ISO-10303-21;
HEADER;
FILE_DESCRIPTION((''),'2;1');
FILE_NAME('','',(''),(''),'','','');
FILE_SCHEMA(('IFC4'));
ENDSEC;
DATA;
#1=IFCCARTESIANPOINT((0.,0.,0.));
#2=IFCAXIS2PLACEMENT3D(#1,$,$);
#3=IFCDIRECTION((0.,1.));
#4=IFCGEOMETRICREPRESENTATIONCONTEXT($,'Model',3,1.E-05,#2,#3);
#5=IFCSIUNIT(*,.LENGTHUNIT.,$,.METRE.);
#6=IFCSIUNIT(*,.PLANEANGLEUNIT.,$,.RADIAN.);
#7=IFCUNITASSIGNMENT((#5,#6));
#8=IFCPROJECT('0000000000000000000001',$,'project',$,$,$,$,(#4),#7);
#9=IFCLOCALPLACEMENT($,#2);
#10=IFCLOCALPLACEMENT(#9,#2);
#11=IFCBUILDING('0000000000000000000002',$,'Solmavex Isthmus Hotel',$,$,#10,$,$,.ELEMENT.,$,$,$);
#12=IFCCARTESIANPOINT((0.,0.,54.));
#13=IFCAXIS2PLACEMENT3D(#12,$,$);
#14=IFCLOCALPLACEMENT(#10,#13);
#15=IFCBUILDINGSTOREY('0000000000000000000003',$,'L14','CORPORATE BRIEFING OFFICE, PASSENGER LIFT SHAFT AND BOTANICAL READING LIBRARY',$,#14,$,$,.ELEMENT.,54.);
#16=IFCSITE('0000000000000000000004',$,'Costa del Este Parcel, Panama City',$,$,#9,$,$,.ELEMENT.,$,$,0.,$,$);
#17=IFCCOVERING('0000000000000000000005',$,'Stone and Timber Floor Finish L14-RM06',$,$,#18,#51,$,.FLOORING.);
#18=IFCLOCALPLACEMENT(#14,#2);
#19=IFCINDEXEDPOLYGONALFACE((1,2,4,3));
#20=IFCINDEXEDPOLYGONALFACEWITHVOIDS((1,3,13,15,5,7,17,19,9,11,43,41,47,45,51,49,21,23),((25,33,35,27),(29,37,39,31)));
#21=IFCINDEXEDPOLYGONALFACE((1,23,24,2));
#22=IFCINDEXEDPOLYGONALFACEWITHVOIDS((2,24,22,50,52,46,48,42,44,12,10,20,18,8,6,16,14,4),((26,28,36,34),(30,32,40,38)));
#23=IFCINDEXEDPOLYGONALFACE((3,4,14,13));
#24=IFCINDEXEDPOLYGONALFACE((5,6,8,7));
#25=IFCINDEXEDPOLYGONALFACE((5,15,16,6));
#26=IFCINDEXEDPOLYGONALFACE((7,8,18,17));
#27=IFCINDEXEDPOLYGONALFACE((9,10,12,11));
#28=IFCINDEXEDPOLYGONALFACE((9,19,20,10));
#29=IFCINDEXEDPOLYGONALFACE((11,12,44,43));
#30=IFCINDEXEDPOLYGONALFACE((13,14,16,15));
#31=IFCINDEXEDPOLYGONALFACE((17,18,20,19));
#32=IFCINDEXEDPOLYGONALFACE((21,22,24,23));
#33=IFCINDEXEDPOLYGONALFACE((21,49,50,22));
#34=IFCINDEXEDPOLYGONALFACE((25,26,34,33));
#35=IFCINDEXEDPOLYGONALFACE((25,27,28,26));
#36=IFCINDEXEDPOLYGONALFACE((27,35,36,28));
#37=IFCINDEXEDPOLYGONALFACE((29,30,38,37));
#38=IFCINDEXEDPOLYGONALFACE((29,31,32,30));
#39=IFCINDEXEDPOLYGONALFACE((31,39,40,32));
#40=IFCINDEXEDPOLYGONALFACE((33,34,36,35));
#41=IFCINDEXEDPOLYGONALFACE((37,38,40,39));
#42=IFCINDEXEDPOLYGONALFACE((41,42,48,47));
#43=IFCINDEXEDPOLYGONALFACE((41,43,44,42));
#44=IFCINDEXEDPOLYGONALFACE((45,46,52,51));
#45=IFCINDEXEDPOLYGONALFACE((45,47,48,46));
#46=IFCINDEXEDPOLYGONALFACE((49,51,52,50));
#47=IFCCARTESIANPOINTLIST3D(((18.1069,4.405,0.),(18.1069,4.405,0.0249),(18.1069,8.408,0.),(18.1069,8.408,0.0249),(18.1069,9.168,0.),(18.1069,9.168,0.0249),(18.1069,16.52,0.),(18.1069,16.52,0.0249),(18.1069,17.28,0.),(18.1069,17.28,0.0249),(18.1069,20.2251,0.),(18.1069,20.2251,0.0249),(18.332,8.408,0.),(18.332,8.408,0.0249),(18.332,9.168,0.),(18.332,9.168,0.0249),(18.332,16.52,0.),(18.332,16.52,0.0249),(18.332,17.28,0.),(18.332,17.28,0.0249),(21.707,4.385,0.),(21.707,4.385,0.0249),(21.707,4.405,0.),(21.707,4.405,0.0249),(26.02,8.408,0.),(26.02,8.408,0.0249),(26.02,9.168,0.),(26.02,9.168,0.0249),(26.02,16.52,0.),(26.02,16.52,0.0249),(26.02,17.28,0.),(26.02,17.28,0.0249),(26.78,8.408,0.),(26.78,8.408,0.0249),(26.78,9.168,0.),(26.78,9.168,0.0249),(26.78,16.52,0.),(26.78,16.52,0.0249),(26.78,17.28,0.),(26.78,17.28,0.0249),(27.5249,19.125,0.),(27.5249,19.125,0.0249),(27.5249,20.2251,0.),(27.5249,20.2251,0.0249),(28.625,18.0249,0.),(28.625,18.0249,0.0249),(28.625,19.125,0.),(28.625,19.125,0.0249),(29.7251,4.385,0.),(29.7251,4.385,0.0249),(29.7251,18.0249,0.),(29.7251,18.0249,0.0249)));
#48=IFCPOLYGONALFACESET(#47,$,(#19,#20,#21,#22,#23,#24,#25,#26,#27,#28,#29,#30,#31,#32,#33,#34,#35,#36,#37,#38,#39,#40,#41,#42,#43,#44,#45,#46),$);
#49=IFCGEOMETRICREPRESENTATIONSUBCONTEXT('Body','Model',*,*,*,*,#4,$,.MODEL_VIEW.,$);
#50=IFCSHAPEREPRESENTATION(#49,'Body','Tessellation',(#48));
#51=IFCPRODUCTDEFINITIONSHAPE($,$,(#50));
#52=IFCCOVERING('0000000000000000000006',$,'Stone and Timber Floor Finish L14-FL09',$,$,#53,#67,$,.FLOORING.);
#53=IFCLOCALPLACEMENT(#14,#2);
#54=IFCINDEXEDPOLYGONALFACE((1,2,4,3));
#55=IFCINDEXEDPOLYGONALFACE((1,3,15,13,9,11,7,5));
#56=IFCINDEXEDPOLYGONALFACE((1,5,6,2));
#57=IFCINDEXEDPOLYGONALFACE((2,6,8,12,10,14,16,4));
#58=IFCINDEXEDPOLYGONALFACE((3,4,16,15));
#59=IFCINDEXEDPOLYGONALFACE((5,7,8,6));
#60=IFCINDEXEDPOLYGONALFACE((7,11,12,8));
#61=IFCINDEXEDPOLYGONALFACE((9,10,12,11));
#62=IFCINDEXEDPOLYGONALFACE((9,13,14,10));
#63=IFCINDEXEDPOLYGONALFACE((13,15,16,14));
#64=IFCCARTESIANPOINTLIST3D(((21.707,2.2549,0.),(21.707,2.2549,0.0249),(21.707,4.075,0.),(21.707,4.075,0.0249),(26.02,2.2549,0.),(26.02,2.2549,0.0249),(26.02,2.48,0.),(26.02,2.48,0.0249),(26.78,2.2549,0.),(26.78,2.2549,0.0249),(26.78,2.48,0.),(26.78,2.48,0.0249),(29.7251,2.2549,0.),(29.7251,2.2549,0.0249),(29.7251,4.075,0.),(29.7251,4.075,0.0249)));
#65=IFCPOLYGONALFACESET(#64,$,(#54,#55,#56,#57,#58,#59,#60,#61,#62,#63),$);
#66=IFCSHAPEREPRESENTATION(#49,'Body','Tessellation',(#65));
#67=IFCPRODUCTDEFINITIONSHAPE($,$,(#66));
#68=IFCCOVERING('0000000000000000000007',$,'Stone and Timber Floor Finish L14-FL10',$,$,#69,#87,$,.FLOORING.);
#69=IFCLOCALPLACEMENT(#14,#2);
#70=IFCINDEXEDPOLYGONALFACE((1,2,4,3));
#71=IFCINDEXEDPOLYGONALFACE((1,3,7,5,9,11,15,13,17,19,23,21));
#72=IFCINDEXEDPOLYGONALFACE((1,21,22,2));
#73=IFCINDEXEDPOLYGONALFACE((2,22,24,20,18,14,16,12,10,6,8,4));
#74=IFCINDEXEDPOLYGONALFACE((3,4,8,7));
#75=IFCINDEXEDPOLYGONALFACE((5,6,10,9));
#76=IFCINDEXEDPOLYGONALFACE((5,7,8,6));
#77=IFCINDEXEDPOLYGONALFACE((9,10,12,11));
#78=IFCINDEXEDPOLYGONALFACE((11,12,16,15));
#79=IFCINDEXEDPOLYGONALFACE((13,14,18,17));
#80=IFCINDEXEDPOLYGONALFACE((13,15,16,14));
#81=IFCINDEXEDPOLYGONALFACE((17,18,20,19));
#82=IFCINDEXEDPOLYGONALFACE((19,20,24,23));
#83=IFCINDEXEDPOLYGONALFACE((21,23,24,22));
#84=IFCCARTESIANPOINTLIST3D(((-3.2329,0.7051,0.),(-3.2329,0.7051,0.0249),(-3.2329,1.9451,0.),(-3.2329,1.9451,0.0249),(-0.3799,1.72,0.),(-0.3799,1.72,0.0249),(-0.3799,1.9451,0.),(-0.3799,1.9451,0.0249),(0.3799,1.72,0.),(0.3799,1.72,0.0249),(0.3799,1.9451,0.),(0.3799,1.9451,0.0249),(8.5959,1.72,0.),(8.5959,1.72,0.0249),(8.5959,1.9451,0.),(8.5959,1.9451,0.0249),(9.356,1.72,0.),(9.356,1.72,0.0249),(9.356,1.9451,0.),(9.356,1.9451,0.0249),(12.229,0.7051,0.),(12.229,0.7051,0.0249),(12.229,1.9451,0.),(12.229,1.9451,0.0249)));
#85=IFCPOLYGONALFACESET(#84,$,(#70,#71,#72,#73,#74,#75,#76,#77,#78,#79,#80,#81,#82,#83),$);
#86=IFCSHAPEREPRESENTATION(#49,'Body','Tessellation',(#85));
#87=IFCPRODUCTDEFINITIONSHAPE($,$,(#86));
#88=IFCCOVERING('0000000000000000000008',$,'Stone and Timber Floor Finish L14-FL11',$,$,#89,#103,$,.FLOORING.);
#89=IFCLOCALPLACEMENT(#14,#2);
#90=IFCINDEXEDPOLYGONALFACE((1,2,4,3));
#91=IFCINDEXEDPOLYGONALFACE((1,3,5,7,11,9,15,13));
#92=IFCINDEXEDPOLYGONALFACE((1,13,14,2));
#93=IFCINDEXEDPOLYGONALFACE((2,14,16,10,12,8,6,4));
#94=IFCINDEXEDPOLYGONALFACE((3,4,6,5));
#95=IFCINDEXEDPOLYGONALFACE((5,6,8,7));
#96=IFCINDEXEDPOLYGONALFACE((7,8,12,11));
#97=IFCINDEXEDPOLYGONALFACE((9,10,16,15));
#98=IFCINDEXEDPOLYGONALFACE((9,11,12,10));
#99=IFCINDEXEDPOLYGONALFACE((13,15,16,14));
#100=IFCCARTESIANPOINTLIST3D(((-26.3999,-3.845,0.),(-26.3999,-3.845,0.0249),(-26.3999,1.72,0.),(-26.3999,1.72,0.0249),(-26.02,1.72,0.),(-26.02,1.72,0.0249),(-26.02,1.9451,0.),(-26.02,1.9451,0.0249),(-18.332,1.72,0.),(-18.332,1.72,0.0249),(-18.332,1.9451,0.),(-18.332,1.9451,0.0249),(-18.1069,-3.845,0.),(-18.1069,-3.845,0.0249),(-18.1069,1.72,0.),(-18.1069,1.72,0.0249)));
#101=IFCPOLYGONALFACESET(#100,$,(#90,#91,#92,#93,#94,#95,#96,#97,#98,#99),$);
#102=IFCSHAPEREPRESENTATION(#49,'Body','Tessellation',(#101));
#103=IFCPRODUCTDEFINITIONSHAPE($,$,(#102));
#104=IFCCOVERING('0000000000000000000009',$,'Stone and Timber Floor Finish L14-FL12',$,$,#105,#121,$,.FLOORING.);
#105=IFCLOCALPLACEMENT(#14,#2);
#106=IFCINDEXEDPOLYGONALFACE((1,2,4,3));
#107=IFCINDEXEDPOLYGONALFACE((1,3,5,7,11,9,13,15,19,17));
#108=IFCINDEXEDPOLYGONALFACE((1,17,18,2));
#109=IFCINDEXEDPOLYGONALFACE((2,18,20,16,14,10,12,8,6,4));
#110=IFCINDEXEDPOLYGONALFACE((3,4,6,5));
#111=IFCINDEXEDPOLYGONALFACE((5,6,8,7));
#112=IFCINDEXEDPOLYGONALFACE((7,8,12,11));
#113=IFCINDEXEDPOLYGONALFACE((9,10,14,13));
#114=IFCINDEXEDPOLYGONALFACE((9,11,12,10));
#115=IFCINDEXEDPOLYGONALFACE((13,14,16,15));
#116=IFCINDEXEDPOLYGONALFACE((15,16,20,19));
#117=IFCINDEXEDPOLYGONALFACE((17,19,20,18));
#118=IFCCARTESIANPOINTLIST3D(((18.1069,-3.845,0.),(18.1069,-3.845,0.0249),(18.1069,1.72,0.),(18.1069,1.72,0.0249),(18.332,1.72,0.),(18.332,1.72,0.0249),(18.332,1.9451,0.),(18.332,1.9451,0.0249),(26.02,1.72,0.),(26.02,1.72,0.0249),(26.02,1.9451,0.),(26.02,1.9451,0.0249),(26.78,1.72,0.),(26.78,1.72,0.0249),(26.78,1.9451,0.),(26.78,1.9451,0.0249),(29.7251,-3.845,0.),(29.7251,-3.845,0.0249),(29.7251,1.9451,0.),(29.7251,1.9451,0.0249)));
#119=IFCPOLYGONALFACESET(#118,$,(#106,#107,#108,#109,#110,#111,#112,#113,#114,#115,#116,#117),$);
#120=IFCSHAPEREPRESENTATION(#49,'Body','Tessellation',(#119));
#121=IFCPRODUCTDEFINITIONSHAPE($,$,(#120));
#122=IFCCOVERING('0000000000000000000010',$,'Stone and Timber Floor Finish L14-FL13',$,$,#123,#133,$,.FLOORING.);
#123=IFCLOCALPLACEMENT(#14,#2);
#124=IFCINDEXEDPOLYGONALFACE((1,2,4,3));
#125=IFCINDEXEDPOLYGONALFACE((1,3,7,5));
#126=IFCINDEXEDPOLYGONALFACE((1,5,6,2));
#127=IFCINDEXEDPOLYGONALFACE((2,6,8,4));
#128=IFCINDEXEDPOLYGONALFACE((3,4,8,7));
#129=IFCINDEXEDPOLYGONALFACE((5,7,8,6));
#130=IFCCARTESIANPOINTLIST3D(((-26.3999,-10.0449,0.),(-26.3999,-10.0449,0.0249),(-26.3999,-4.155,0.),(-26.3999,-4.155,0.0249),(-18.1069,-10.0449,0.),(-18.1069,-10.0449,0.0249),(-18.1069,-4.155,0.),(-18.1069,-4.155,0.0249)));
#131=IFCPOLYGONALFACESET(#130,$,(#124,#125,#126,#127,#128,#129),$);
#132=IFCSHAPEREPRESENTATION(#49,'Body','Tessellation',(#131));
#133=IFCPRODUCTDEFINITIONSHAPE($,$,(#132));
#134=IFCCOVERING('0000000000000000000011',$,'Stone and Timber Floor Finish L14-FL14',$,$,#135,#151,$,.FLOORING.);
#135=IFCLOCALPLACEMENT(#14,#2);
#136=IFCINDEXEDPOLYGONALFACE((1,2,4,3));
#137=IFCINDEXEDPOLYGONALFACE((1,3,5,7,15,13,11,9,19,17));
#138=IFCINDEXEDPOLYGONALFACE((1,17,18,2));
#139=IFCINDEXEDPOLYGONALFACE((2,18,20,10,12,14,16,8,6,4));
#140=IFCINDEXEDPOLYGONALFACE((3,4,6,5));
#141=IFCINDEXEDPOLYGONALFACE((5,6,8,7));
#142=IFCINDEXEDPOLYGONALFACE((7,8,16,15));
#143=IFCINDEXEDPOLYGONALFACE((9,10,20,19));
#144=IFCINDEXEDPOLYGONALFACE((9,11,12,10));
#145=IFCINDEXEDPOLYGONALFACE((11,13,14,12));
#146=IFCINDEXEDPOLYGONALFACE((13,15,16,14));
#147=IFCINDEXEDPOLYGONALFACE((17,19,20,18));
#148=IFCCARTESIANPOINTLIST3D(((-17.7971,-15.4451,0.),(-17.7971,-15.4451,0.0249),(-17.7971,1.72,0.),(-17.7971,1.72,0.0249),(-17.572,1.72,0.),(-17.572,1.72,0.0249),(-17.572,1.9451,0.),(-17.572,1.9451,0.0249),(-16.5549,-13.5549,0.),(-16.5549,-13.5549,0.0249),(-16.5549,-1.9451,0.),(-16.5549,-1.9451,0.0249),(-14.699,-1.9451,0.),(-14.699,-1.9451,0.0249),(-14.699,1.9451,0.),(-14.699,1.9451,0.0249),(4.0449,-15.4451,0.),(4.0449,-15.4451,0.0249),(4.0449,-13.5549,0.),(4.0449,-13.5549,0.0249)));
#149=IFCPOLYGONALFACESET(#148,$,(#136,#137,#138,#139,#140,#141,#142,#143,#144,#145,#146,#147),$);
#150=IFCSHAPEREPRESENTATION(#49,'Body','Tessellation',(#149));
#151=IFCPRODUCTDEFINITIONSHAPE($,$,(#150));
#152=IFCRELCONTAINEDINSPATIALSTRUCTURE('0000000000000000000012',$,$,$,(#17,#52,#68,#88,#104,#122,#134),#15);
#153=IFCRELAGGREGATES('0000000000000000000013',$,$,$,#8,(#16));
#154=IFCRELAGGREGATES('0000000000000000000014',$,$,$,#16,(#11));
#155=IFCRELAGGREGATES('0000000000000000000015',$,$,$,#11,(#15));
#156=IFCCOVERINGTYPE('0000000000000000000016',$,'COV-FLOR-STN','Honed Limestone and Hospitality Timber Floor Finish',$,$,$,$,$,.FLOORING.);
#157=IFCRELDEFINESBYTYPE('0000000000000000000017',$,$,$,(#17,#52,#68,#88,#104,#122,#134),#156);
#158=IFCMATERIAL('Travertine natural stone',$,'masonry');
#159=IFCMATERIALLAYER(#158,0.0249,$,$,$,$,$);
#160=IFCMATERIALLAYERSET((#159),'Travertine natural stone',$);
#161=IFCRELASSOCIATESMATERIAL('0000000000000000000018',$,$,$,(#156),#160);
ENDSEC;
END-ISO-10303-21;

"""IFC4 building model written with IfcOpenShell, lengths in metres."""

from ifc_helpers import new_model, si_unit, direction, frame, origin, place, context, subcontext, project, spatial, polyline, outline, extrude, material, layer, layer_set, type_object, element, save


model = new_model("IFC4")

# Units and contexts
model_context = context("Model", 3, precision=1e-05, world=origin(), true_north=direction((0.0, 1.0)))
body_context = subcontext(model_context, "Body", "Model", "MODEL_VIEW")
ifc_project = project(units=[si_unit("LENGTHUNIT", "METRE"), si_unit("PLANEANGLEUNIT", "RADIAN")], contexts=[model_context])

# Site, building, storey
site_placement = place(None, origin())
site = spatial("IfcSite", under=ifc_project, at=site_placement, Name="Costa del Este Parcel, Panama City", CompositionType="ELEMENT", RefElevation=0.0)
building_placement = place(site_placement, origin())
building = spatial("IfcBuilding", under=site, at=building_placement, Name="Solmavex Isthmus Hotel", CompositionType="ELEMENT")
storey_placement = place(building_placement, frame((0.0, 0.0, 54.0)))
storey = spatial("IfcBuildingStorey", under=building, at=storey_placement, Name="L14", Description="CORPORATE BRIEFING OFFICE, PASSENGER LIFT SHAFT AND BOTANICAL READING LIBRARY", CompositionType="ELEMENT", Elevation=54.0)

# Coverings
ifc_material_1 = material(Name="Travertine natural stone", Category="masonry")
ifc_layer_1 = layer(ifc_material_1, 0.0249)
ifc_layer_set_1 = layer_set([ifc_layer_1], Name="Travertine natural stone")
covering_type_1 = type_object("IfcCoveringType", Name="COV-FLOR-STN", Description="Honed Limestone and Hospitality Timber Floor Finish", PredefinedType="FLOORING", material=ifc_layer_set_1)
covering_1_placement = place(storey_placement, origin())
element("IfcCovering", 1, at=covering_1_placement, inside=storey, type_object=covering_type_1, Name="Stone and Timber Floor Finish L14-RM06", PredefinedType="FLOORING", context=body_context, shape_type="SweptSolid", body=[
    extrude(outline(polyline([(18.1069, 9.168), (18.332, 9.168), (18.332, 8.408), (18.1069, 8.408), (18.1069, 4.405), (21.707, 4.405), (21.707, 4.385), (29.7251, 4.385), (29.7251, 18.0249), (28.625, 18.0249), (28.625, 19.125), (27.5249, 19.125), (27.5249, 20.2251), (18.1069, 20.2251), (18.1069, 17.28), (18.332, 17.28), (18.332, 16.52), (18.1069, 16.52), (18.1069, 9.168)]), holes=[polyline([(26.02, 8.408), (26.02, 9.168), (26.78, 9.168), (26.78, 8.408), (26.02, 8.408)]), polyline([(26.02, 16.52), (26.02, 17.28), (26.78, 17.28), (26.78, 16.52), (26.02, 16.52)])]), origin(), (0.0, 0.0, 1.0), 0.0249),
])
covering_2_placement = place(storey_placement, origin())
element("IfcCovering", 2, at=covering_2_placement, inside=storey, type_object=covering_type_1, Name="Stone and Timber Floor Finish L14-FL09", PredefinedType="FLOORING", context=body_context, shape_type="SweptSolid", body=[
    extrude(outline(polyline([(26.02, 2.2549), (26.02, 2.48), (26.78, 2.48), (26.78, 2.2549), (29.7251, 2.2549), (29.7251, 4.075), (21.707, 4.075), (21.707, 2.2549), (26.02, 2.2549)])), origin(), (0.0, 0.0, 1.0), 0.0249),
])
covering_3_placement = place(storey_placement, origin())
element("IfcCovering", 3, at=covering_3_placement, inside=storey, type_object=covering_type_1, Name="Stone and Timber Floor Finish L14-FL10", PredefinedType="FLOORING", context=body_context, shape_type="SweptSolid", body=[
    extrude(outline(polyline([(0.3799, 1.9451), (0.3799, 1.72), (-0.3799, 1.72), (-0.3799, 1.9451), (-3.2329, 1.9451), (-3.2329, 0.7051), (12.229, 0.7051), (12.229, 1.9451), (9.356, 1.9451), (9.356, 1.72), (8.5959, 1.72), (8.5959, 1.9451), (0.3799, 1.9451)])), origin(), (0.0, 0.0, 1.0), 0.0249),
])
covering_4_placement = place(storey_placement, origin())
element("IfcCovering", 4, at=covering_4_placement, inside=storey, type_object=covering_type_1, Name="Stone and Timber Floor Finish L14-FL11", PredefinedType="FLOORING", context=body_context, shape_type="SweptSolid", body=[
    extrude(outline(polyline([(-26.02, 1.9451), (-26.02, 1.72), (-26.3999, 1.72), (-26.3999, -3.845), (-18.1069, -3.845), (-18.1069, 1.72), (-18.332, 1.72), (-18.332, 1.9451), (-26.02, 1.9451)])), origin(), (0.0, 0.0, 1.0), 0.0249),
])
covering_5_placement = place(storey_placement, origin())
element("IfcCovering", 5, at=covering_5_placement, inside=storey, type_object=covering_type_1, Name="Stone and Timber Floor Finish L14-FL12", PredefinedType="FLOORING", context=body_context, shape_type="SweptSolid", body=[
    extrude(outline(polyline([(26.78, 1.9451), (26.78, 1.72), (26.02, 1.72), (26.02, 1.9451), (18.332, 1.9451), (18.332, 1.72), (18.1069, 1.72), (18.1069, -3.845), (29.7251, -3.845), (29.7251, 1.9451), (26.78, 1.9451)])), origin(), (0.0, 0.0, 1.0), 0.0249),
])
covering_6_placement = place(storey_placement, origin())
element("IfcCovering", 6, at=covering_6_placement, inside=storey, type_object=covering_type_1, Name="Stone and Timber Floor Finish L14-FL13", PredefinedType="FLOORING", context=body_context, shape_type="SweptSolid", body=[
    extrude(outline(polyline([(-26.3999, -4.155), (-26.3999, -10.0449), (-18.1069, -10.0449), (-18.1069, -4.155), (-26.3999, -4.155)])), origin(), (0.0, 0.0, 1.0), 0.0249),
])
covering_7_placement = place(storey_placement, origin())
element("IfcCovering", 7, at=covering_7_placement, inside=storey, type_object=covering_type_1, Name="Stone and Timber Floor Finish L14-FL14", PredefinedType="FLOORING", context=body_context, shape_type="SweptSolid", body=[
    extrude(outline(polyline([(-17.572, 1.9451), (-17.572, 1.72), (-17.7971, 1.72), (-17.7971, -15.4451), (4.0449, -15.4451), (4.0449, -13.5549), (-16.5549, -13.5549), (-16.5549, -1.9451), (-14.699, -1.9451), (-14.699, 1.9451), (-17.572, 1.9451)])), origin(), (0.0, 0.0, 1.0), 0.0249),
])

save(model, "model.ifc")
